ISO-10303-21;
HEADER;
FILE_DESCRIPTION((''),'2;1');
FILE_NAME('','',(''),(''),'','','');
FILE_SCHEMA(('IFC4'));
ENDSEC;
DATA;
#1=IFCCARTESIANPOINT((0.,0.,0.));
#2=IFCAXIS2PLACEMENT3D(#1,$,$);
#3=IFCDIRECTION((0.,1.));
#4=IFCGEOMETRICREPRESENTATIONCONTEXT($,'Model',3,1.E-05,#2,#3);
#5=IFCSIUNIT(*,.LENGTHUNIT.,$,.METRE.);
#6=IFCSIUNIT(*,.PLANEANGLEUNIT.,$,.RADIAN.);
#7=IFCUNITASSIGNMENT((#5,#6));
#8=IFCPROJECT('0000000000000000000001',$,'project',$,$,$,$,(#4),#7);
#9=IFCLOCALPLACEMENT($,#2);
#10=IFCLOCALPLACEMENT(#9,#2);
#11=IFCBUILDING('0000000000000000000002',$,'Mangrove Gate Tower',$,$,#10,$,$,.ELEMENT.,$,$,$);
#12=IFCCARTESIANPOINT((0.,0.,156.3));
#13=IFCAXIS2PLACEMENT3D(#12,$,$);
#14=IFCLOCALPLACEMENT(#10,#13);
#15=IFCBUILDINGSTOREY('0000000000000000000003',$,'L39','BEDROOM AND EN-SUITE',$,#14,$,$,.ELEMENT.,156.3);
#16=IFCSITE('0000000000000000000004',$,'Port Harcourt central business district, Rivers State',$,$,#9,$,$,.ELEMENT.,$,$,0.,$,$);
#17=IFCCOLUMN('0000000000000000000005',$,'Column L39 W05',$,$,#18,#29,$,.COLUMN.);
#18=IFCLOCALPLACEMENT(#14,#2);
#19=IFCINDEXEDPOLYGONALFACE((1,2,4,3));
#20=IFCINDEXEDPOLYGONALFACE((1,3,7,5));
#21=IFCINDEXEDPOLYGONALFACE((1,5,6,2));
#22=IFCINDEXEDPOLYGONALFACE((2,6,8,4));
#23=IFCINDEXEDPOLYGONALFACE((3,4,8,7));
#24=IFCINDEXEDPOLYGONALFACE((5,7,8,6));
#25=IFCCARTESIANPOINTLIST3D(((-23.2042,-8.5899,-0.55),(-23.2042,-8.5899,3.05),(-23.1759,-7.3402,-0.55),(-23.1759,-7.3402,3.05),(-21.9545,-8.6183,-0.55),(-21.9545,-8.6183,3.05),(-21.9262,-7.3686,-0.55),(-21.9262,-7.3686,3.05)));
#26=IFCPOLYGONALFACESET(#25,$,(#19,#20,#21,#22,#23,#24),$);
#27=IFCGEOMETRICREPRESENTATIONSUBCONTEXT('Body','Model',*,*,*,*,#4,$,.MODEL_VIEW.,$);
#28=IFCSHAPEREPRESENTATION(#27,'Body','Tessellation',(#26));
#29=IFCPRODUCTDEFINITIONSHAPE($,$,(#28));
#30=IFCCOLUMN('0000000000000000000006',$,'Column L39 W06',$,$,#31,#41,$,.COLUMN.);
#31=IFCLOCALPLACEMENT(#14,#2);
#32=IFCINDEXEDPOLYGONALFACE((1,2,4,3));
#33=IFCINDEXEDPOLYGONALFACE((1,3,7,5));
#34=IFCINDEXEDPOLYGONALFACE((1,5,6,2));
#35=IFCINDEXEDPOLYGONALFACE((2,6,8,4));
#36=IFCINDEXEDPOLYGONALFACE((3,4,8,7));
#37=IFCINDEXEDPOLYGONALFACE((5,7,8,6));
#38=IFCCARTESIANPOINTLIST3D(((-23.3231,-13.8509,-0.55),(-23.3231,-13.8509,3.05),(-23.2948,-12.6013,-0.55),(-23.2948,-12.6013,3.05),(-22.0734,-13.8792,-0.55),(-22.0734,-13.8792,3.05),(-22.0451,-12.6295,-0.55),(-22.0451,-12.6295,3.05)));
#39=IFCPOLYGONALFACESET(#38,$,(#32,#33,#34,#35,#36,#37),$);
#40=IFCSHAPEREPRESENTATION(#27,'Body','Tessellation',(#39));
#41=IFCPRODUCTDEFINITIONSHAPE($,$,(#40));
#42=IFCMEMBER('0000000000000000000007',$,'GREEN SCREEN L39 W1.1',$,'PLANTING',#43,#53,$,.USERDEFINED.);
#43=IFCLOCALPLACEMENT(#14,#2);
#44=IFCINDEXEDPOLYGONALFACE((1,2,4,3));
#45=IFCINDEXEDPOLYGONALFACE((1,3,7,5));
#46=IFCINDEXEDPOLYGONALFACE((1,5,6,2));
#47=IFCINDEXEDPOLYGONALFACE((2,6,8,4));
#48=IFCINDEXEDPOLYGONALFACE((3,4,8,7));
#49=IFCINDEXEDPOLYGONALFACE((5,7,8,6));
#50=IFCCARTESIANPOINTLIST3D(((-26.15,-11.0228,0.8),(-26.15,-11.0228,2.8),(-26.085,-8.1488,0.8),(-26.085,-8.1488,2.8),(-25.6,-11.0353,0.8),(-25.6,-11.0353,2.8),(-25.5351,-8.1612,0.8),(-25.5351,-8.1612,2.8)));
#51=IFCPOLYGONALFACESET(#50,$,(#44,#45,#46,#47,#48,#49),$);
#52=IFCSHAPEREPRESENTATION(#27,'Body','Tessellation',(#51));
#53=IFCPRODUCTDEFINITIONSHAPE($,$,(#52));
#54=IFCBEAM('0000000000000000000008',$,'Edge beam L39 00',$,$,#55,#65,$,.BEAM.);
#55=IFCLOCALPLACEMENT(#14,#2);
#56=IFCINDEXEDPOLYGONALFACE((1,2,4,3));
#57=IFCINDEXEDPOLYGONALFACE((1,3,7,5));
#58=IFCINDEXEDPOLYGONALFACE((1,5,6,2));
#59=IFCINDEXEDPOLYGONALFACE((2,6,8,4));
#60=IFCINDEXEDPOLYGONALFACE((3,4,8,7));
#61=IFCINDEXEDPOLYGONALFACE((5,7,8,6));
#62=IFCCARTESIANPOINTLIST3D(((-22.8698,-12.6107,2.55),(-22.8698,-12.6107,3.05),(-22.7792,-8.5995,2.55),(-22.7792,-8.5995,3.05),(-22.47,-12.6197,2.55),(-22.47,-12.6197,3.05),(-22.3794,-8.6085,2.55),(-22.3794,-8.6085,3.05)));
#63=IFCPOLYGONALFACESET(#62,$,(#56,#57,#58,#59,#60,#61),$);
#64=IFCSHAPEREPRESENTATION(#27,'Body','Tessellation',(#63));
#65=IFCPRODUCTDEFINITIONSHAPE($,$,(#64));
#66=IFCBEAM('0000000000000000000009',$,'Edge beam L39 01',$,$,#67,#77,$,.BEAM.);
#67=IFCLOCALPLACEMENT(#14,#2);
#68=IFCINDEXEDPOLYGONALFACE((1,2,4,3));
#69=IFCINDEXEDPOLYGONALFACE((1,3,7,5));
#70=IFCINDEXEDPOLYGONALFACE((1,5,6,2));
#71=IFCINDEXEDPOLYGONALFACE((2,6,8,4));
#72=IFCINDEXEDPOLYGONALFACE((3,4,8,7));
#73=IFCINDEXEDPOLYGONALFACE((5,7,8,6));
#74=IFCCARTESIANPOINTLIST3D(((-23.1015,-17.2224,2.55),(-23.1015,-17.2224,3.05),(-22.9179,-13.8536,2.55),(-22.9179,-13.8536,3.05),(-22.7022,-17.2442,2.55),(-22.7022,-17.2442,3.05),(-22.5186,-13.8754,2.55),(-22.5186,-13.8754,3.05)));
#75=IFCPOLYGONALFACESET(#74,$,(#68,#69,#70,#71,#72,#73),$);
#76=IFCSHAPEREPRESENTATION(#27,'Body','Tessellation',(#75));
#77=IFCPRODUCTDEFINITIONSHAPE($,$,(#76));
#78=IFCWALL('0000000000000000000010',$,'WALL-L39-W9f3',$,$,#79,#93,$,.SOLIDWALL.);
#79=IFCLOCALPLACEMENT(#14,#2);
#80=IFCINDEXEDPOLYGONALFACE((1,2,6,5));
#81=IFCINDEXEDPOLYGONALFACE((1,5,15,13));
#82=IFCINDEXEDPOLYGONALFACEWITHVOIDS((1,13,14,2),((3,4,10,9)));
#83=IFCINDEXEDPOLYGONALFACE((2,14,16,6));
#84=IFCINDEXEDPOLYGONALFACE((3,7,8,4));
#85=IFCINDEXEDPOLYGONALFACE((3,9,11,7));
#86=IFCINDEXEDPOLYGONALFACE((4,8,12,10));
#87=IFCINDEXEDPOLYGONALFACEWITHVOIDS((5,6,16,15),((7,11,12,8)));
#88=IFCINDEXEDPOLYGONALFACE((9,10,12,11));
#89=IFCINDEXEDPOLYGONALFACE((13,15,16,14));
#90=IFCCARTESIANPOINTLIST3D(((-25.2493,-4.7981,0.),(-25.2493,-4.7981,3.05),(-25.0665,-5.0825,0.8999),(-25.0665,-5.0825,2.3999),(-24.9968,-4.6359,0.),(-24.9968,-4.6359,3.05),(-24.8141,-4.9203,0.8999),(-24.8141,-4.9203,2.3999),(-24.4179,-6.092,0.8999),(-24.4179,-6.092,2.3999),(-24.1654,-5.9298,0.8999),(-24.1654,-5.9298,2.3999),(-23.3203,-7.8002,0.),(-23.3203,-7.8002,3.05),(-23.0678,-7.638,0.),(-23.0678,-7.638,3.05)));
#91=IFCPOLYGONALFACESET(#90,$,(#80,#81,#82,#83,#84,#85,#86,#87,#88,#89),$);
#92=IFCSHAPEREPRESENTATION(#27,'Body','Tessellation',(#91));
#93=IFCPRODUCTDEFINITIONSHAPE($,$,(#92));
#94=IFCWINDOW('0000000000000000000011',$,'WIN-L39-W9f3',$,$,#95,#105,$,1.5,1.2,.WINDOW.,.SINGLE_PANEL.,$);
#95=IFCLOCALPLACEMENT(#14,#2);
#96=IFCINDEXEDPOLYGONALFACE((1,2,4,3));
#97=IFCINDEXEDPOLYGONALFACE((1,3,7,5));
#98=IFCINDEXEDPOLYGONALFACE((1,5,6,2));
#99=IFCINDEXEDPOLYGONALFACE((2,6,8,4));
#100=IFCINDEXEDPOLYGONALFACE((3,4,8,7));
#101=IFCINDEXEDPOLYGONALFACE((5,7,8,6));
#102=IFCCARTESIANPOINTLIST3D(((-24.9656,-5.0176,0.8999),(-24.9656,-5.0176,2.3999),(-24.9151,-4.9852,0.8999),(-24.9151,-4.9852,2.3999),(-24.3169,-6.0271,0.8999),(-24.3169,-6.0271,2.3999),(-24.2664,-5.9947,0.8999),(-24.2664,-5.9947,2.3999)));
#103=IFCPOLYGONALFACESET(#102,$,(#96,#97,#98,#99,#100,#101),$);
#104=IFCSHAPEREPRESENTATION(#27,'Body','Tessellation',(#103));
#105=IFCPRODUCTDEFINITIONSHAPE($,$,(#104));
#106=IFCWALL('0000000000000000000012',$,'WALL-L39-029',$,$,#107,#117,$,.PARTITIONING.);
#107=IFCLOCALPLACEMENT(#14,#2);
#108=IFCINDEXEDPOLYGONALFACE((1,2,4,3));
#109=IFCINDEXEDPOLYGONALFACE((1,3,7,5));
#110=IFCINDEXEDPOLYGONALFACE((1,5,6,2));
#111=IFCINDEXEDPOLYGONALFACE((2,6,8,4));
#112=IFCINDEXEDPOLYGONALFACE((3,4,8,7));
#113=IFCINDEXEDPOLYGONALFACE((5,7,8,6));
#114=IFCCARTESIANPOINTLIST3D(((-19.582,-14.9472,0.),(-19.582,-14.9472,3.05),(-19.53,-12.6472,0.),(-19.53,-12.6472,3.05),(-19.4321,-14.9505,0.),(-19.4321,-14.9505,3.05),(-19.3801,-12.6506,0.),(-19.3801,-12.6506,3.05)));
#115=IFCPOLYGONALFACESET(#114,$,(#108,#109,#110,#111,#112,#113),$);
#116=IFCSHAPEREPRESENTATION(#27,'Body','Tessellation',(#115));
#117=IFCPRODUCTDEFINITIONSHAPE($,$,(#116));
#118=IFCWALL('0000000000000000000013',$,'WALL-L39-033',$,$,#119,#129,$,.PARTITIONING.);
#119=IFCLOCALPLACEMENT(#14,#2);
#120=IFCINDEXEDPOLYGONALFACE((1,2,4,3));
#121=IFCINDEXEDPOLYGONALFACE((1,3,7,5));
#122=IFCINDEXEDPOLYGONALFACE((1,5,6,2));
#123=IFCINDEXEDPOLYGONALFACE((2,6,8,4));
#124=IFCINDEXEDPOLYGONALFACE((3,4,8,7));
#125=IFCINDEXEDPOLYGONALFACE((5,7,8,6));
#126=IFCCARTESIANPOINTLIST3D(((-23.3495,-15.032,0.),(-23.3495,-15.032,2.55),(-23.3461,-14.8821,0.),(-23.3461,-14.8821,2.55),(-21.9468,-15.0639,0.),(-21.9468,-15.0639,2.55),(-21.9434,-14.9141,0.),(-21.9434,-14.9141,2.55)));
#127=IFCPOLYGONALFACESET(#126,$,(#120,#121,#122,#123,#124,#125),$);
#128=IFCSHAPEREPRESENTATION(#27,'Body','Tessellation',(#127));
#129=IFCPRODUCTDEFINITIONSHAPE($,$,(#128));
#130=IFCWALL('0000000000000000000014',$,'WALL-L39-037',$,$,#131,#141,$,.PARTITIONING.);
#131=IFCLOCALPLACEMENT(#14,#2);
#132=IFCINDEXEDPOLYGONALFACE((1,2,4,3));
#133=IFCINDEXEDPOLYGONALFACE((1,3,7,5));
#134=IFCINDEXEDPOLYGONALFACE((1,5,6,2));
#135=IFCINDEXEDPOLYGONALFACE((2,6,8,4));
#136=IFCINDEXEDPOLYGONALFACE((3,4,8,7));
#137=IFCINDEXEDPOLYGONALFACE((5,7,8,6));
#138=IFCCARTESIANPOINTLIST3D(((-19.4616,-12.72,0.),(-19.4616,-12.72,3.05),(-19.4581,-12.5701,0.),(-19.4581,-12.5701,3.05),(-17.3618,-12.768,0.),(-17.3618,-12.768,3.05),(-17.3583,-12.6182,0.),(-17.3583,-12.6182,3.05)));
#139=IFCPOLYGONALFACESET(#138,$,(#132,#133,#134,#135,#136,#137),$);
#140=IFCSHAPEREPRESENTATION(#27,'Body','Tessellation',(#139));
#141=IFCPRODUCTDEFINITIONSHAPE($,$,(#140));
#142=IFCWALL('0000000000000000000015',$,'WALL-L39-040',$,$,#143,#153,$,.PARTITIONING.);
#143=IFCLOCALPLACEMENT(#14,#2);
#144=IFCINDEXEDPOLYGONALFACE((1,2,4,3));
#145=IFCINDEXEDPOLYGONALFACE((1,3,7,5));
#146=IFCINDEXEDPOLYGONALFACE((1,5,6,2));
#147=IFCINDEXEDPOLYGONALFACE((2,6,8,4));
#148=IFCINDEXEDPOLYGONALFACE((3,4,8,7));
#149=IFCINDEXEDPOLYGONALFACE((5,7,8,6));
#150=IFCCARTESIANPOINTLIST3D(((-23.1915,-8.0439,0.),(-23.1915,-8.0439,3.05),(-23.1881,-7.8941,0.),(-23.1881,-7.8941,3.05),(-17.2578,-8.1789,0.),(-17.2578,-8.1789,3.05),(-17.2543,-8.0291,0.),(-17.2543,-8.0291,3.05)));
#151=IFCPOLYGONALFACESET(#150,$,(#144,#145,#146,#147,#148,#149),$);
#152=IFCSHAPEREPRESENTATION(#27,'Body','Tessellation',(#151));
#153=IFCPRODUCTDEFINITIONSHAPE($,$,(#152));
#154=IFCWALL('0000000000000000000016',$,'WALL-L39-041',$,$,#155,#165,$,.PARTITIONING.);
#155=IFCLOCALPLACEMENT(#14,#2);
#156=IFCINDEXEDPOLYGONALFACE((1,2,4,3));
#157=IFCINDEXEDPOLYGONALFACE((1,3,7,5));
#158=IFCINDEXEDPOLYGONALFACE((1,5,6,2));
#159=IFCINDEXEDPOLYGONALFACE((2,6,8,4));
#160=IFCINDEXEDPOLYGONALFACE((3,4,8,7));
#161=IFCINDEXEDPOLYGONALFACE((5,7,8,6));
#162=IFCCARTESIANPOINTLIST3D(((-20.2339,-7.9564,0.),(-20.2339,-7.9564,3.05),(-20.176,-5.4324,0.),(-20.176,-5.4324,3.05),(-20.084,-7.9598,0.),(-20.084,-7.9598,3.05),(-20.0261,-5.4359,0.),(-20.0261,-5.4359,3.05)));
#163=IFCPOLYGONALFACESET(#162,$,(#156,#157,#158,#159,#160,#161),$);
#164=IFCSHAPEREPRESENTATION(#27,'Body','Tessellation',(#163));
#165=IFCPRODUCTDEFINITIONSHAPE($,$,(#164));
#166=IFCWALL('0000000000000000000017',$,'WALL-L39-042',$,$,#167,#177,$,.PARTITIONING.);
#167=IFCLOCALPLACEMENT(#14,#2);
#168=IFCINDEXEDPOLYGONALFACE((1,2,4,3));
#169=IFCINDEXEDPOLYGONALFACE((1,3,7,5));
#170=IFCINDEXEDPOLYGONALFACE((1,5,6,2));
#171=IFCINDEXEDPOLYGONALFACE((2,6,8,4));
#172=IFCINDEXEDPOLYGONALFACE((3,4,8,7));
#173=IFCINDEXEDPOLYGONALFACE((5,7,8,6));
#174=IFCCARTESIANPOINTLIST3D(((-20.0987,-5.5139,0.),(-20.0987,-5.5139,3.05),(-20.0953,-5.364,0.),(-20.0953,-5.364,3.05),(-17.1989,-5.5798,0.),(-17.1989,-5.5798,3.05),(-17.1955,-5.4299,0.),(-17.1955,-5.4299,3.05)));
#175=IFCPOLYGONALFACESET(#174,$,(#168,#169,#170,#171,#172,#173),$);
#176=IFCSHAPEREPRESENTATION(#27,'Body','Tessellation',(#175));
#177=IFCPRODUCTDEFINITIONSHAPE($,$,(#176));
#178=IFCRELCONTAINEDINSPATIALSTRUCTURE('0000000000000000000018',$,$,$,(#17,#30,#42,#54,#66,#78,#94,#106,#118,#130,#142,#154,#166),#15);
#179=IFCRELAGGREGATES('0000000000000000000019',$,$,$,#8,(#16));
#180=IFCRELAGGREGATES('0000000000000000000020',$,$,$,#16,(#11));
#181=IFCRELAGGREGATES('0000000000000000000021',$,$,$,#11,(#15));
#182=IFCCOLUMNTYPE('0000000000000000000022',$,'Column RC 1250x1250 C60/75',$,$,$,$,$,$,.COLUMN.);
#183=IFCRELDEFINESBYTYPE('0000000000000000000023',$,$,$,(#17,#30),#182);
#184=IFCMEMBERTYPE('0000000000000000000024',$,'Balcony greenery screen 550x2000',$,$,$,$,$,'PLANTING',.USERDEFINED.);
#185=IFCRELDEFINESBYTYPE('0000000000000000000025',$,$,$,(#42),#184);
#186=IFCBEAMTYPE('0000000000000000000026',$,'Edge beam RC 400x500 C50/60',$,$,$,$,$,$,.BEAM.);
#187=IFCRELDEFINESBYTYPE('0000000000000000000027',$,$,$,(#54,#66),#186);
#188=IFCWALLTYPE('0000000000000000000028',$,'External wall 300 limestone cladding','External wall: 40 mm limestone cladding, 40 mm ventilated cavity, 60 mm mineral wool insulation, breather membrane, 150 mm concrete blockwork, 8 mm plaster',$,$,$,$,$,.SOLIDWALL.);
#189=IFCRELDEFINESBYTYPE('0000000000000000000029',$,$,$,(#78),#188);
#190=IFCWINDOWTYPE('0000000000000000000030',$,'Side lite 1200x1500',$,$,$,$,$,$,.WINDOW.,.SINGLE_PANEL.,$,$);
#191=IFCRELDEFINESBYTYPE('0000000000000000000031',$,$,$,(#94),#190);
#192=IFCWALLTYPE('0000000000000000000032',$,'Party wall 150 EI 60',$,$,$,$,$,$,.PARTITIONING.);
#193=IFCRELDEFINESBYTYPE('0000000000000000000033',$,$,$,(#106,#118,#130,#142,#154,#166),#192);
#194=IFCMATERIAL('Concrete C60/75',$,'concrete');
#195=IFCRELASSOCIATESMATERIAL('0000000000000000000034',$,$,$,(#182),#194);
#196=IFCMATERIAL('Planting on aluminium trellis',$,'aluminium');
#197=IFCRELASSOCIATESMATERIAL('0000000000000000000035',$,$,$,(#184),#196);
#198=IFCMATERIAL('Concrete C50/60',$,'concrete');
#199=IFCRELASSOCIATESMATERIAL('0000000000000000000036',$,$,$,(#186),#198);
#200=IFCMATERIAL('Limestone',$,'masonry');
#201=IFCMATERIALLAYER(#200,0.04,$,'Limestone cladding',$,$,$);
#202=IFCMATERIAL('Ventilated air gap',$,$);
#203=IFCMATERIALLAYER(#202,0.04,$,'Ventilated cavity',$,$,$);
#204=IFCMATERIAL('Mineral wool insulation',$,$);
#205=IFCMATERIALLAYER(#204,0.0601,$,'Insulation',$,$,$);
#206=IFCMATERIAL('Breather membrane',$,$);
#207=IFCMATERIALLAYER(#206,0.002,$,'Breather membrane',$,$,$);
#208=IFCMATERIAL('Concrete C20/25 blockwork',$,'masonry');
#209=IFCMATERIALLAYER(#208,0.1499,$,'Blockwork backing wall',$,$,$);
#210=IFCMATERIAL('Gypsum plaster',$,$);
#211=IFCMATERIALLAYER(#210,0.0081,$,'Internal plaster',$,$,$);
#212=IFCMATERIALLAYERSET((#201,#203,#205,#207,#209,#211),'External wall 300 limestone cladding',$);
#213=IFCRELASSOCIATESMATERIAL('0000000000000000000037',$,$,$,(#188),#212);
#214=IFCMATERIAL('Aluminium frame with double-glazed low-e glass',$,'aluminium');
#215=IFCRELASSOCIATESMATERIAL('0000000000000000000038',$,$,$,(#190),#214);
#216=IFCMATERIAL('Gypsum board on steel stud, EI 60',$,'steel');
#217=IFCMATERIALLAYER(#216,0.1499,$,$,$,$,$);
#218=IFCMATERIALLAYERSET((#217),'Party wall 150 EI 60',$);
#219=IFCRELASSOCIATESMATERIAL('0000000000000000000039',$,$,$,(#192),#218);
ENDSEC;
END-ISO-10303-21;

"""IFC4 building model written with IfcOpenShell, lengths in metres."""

from ifc_helpers import new_model, si_unit, direction, frame, frame_2d, origin, origin_2d, place, context, subcontext, project, spatial, rectangle, extrude, material, layer, layer_set, material_profile, profile_set, type_object, element, fill, save


model = new_model("IFC4")

# Units and contexts
model_context = context("Model", 3, precision=1e-05, world=origin(), true_north=direction((0.0, 1.0)))
body_context = subcontext(model_context, "Body", "Model", "MODEL_VIEW")
ifc_project = project(units=[si_unit("LENGTHUNIT", "METRE"), si_unit("PLANEANGLEUNIT", "RADIAN")], contexts=[model_context])

# Site, building, storey
site_placement = place(None, origin())
site = spatial("IfcSite", under=ifc_project, at=site_placement, Name="Port Harcourt central business district, Rivers State", CompositionType="ELEMENT", RefElevation=0.0)
building_placement = place(site_placement, origin())
building = spatial("IfcBuilding", under=site, at=building_placement, Name="Mangrove Gate Tower", CompositionType="ELEMENT")
storey_placement = place(building_placement, frame((0.0, 0.0, 156.3)))
storey = spatial("IfcBuildingStorey", under=building, at=storey_placement, Name="L39", Description="BEDROOM AND EN-SUITE", CompositionType="ELEMENT", Elevation=156.3)

# Columns
ifc_material_1 = material(Name="Concrete C60/75", Category="concrete")
ifc_material_profile_1 = material_profile(ifc_material_1, rectangle(XDim=1.25, YDim=1.25, at=origin_2d()))
ifc_profile_set_1 = profile_set([ifc_material_profile_1], Name="Concrete C60/75")
column_type = type_object("IfcColumnType", Name="Column RC 1250x1250 C60/75", PredefinedType="COLUMN", material=ifc_profile_set_1)
for number, where, z_axis, x_axis, name in (
    (1, (-22.5652, -7.9792, -0.55), (0.0, 0.0, 1.0), (-0.022668, -0.999743, 0.0), "Column L39 W05"),
    (2, (-22.6841, -13.2402, -0.55), (0.0, 0.0, 1.0), (-0.022613, -0.999744, 0.0), "Column L39 W06"),
):
    element("IfcColumn", number, at=place(storey_placement, frame(where, z_axis=z_axis, x_axis=x_axis)), inside=storey, type_object=column_type, Name=name, PredefinedType="COLUMN", context=body_context, shape_type="SweptSolid", body=[
        extrude(rectangle(XDim=1.25, YDim=1.25, at=origin_2d()), origin(), (0.0, 0.0, 1.0), 3.6001),
    ])

# Member
ifc_material_2 = material(Name="Planting on aluminium trellis", Category="aluminium")
ifc_material_profile_2 = material_profile(ifc_material_2, rectangle(XDim=0.55, YDim=2.0, at=origin_2d()))
ifc_profile_set_2 = profile_set([ifc_material_profile_2], Name="Planting on aluminium trellis")
member_type = type_object("IfcMemberType", Name="Balcony greenery screen 550x2000", ElementType="PLANTING", PredefinedType="USERDEFINED", material=ifc_profile_set_2)
member_placement = place(storey_placement, frame((-25.875, -11.0291, 1.8), z_axis=(0.02259, 0.999745, 0.0), x_axis=(-0.999745, 0.02259, 0.0)))
element("IfcMember", 3, at=member_placement, inside=storey, type_object=member_type, Name="GREEN SCREEN L39 W1.1", ObjectType="PLANTING", PredefinedType="USERDEFINED", context=body_context, shape_type="SweptSolid", body=[
    extrude(rectangle(XDim=0.55, YDim=2.0, at=origin_2d()), origin(), (0.0, 0.0, 1.0), 2.8748),
])

# Beams
ifc_material_3 = material(Name="Concrete C50/60", Category="concrete")
ifc_material_profile_3 = material_profile(ifc_material_3, rectangle(XDim=0.3999, YDim=0.5, at=origin_2d()))
ifc_profile_set_3 = profile_set([ifc_material_profile_3], Name="Concrete C50/60")
beam_type = type_object("IfcBeamType", Name="Edge beam RC 400x500 C50/60", PredefinedType="BEAM", material=ifc_profile_set_3)
beam_1_placement = place(storey_placement, frame((-22.5793, -8.604, 2.8), z_axis=(-0.022575, -0.999745, 0.0), x_axis=(0.999745, -0.022575, 0.0)))
element("IfcBeam", 4, at=beam_1_placement, inside=storey, type_object=beam_type, Name="Edge beam L39 00", PredefinedType="BEAM", context=body_context, shape_type="SweptSolid", body=[
    extrude(rectangle(XDim=0.3999, YDim=0.5, at=origin_2d()), origin(), (0.0, 0.0, 1.0), 4.0122),
])
beam_2_placement = place(storey_placement, frame((-22.7183, -13.8645, 2.8), z_axis=(-0.054416, -0.998518, 0.0), x_axis=(0.998518, -0.054416, 0.0)))
element("IfcBeam", 5, at=beam_2_placement, inside=storey, type_object=beam_type, Name="Edge beam L39 01", PredefinedType="BEAM", context=body_context, shape_type="SweptSolid", body=[
    extrude(rectangle(XDim=0.3999, YDim=0.5, at=origin_2d()), origin(), (0.0, 0.0, 1.0), 3.3738),
])

# Wall, opening, window
ifc_material_4 = material(Name="Limestone", Category="masonry")
ifc_layer_1 = layer(ifc_material_4, 0.04, Name="Limestone cladding")
ifc_material_5 = material(Name="Ventilated air gap")
ifc_layer_2 = layer(ifc_material_5, 0.04, Name="Ventilated cavity")
ifc_material_6 = material(Name="Mineral wool insulation")
ifc_layer_3 = layer(ifc_material_6, 0.0601, Name="Insulation")
ifc_material_7 = material(Name="Breather membrane")
ifc_layer_4 = layer(ifc_material_7, 0.002, Name="Breather membrane")
ifc_material_8 = material(Name="Concrete C20/25 blockwork", Category="masonry")
ifc_layer_5 = layer(ifc_material_8, 0.1499, Name="Blockwork backing wall")
ifc_material_9 = material(Name="Gypsum plaster")
ifc_layer_6 = layer(ifc_material_9, 0.0081, Name="Internal plaster")
ifc_layer_set_1 = layer_set([ifc_layer_1, ifc_layer_2, ifc_layer_3, ifc_layer_4, ifc_layer_5, ifc_layer_6], Name="External wall 300 limestone cladding")
wall_type_1 = type_object("IfcWallType", Name="External wall 300 limestone cladding", Description="External wall: 40 mm limestone cladding, 40 mm ventilated cavity, 60 mm mineral wool insulation, breather membrane, 150 mm concrete blockwork, 8 mm plaster", PredefinedType="SOLIDWALL", material=ifc_layer_set_1)
wall_1_placement = place(storey_placement, frame((-25.123, -4.717, 0.0), z_axis=(0.0, 0.0, 1.0), x_axis=(0.540585, -0.84129, 0.0)))
wall_1 = element("IfcWall", 6, at=wall_1_placement, inside=storey, type_object=wall_type_1, Name="WALL-L39-W9f3", PredefinedType="SOLIDWALL", context=body_context, shape_type="SweptSolid", body=[
    extrude(rectangle(XDim=3.5684, YDim=0.3, at=frame_2d((1.7842, 0.0))), origin(), (0.0, 0.0, 1.0), 3.05),
])
opening_1_placement = place(wall_1_placement, frame((0.3379, 0.0, 0.8999)))
opening_1 = element("IfcOpeningElement", 7, at=opening_1_placement, cuts=wall_1, PredefinedType="OPENING", context=body_context, shape_type="SweptSolid", body=[
    extrude(rectangle(XDim=1.2, YDim=1.5, at=frame_2d((0.6001, 0.75))), frame((0.0, 0.1599, 0.0), z_axis=(0.0, -1.0, 0.0), x_axis=(1.0, 0.0, 0.0)), (0.0, 0.0, 1.0), 0.3201),
])
ifc_material_10 = material(Name="Aluminium frame with double-glazed low-e glass", Category="aluminium")
window_type = type_object("IfcWindowType", Name="Side lite 1200x1500", PartitioningType="SINGLE_PANEL", PredefinedType="WINDOW", material=ifc_material_10)
window_1_placement = place(opening_1_placement, origin())
window_1 = element("IfcWindow", 8, at=window_1_placement, inside=storey, type_object=window_type, Name="WIN-L39-W9f3", OverallHeight=1.5, OverallWidth=1.2, PartitioningType="SINGLE_PANEL", PredefinedType="WINDOW", context=body_context, shape_type="SweptSolid", body=[
    extrude(rectangle(XDim=1.2, YDim=1.5, at=frame_2d((0.6001, 0.75))), frame((0.0, 0.03, 0.0), z_axis=(0.0, -1.0, 0.0), x_axis=(1.0, 0.0, 0.0)), (0.0, 0.0, 1.0), 0.0601),
])
fill(opening_1, window_1)

# Walls
ifc_material_11 = material(Name="Gypsum board on steel stud, EI 60", Category="steel")
ifc_layer_7 = layer(ifc_material_11, 0.1499)
ifc_layer_set_2 = layer_set([ifc_layer_7], Name="Party wall 150 EI 60")
wall_type_2 = type_object("IfcWallType", Name="Party wall 150 EI 60", PredefinedType="PARTITIONING", material=ifc_layer_set_2)
wall_2_placement = place(storey_placement, frame((-19.5071, -14.949, 0.0), z_axis=(0.0, 0.0, 1.0), x_axis=(0.022603, 0.999745, 0.0)))
element("IfcWall", 9, at=wall_2_placement, inside=storey, type_object=wall_type_2, Name="WALL-L39-029", PredefinedType="PARTITIONING", context=body_context, shape_type="SweptSolid", body=[
    extrude(rectangle(XDim=2.3005, YDim=0.1499, at=frame_2d((1.1504, 0.0))), origin(), (0.0, 0.0, 1.0), 3.05),
])
wall_3_placement = place(storey_placement, frame((-23.3479, -14.957, 0.0), z_axis=(0.0, 0.0, 1.0), x_axis=(0.99974, -0.022793, 0.0)))
element("IfcWall", 10, at=wall_3_placement, inside=storey, type_object=wall_type_2, Name="WALL-L39-033", PredefinedType="PARTITIONING", context=body_context, shape_type="SweptSolid", body=[
    extrude(rectangle(XDim=1.4031, YDim=0.1499, at=frame_2d((0.7017, 0.0))), origin(), (0.0, 0.0, 1.0), 2.55),
])
wall_4_placement = place(storey_placement, frame((-19.46, -12.645, 0.0), z_axis=(0.0, 0.0, 1.0), x_axis=(0.999738, -0.022898, 0.0)))
element("IfcWall", 11, at=wall_4_placement, inside=storey, type_object=wall_type_2, Name="WALL-L39-037", PredefinedType="PARTITIONING", context=body_context, shape_type="SweptSolid", body=[
    extrude(rectangle(XDim=2.1003, YDim=0.1499, at=frame_2d((1.0503, 0.0))), origin(), (0.0, 0.0, 1.0), 3.05),
])
wall_5_placement = place(storey_placement, frame((-23.1899, -7.969, 0.0), z_axis=(0.0, 0.0, 1.0), x_axis=(0.999741, -0.022747, 0.0)))
element("IfcWall", 12, at=wall_5_placement, inside=storey, type_object=wall_type_2, Name="WALL-L39-040", PredefinedType="PARTITIONING", context=body_context, shape_type="SweptSolid", body=[
    extrude(rectangle(XDim=5.9353, YDim=0.1499, at=frame_2d((2.9678, 0.0))), origin(), (0.0, 0.0, 1.0), 3.05),
])
wall_6_placement = place(storey_placement, frame((-20.1589, -7.958, 0.0), z_axis=(0.0, 0.0, 1.0), x_axis=(0.022919, 0.999737, 0.0)))
element("IfcWall", 13, at=wall_6_placement, inside=storey, type_object=wall_type_2, Name="WALL-L39-041", PredefinedType="PARTITIONING", context=body_context, shape_type="SweptSolid", body=[
    extrude(rectangle(XDim=2.5247, YDim=0.1499, at=frame_2d((1.2622, 0.0))), origin(), (0.0, 0.0, 1.0), 3.05),
])
wall_7_placement = place(storey_placement, frame((-20.0969, -5.439, 0.0), z_axis=(0.0, 0.0, 1.0), x_axis=(0.999742, -0.022725, 0.0)))
element("IfcWall", 14, at=wall_7_placement, inside=storey, type_object=wall_type_2, Name="WALL-L39-042", PredefinedType="PARTITIONING", context=body_context, shape_type="SweptSolid", body=[
    extrude(rectangle(XDim=2.9006, YDim=0.1499, at=frame_2d((1.4502, 0.0))), origin(), (0.0, 0.0, 1.0), 3.05),
])

save(model, "model.ifc")
